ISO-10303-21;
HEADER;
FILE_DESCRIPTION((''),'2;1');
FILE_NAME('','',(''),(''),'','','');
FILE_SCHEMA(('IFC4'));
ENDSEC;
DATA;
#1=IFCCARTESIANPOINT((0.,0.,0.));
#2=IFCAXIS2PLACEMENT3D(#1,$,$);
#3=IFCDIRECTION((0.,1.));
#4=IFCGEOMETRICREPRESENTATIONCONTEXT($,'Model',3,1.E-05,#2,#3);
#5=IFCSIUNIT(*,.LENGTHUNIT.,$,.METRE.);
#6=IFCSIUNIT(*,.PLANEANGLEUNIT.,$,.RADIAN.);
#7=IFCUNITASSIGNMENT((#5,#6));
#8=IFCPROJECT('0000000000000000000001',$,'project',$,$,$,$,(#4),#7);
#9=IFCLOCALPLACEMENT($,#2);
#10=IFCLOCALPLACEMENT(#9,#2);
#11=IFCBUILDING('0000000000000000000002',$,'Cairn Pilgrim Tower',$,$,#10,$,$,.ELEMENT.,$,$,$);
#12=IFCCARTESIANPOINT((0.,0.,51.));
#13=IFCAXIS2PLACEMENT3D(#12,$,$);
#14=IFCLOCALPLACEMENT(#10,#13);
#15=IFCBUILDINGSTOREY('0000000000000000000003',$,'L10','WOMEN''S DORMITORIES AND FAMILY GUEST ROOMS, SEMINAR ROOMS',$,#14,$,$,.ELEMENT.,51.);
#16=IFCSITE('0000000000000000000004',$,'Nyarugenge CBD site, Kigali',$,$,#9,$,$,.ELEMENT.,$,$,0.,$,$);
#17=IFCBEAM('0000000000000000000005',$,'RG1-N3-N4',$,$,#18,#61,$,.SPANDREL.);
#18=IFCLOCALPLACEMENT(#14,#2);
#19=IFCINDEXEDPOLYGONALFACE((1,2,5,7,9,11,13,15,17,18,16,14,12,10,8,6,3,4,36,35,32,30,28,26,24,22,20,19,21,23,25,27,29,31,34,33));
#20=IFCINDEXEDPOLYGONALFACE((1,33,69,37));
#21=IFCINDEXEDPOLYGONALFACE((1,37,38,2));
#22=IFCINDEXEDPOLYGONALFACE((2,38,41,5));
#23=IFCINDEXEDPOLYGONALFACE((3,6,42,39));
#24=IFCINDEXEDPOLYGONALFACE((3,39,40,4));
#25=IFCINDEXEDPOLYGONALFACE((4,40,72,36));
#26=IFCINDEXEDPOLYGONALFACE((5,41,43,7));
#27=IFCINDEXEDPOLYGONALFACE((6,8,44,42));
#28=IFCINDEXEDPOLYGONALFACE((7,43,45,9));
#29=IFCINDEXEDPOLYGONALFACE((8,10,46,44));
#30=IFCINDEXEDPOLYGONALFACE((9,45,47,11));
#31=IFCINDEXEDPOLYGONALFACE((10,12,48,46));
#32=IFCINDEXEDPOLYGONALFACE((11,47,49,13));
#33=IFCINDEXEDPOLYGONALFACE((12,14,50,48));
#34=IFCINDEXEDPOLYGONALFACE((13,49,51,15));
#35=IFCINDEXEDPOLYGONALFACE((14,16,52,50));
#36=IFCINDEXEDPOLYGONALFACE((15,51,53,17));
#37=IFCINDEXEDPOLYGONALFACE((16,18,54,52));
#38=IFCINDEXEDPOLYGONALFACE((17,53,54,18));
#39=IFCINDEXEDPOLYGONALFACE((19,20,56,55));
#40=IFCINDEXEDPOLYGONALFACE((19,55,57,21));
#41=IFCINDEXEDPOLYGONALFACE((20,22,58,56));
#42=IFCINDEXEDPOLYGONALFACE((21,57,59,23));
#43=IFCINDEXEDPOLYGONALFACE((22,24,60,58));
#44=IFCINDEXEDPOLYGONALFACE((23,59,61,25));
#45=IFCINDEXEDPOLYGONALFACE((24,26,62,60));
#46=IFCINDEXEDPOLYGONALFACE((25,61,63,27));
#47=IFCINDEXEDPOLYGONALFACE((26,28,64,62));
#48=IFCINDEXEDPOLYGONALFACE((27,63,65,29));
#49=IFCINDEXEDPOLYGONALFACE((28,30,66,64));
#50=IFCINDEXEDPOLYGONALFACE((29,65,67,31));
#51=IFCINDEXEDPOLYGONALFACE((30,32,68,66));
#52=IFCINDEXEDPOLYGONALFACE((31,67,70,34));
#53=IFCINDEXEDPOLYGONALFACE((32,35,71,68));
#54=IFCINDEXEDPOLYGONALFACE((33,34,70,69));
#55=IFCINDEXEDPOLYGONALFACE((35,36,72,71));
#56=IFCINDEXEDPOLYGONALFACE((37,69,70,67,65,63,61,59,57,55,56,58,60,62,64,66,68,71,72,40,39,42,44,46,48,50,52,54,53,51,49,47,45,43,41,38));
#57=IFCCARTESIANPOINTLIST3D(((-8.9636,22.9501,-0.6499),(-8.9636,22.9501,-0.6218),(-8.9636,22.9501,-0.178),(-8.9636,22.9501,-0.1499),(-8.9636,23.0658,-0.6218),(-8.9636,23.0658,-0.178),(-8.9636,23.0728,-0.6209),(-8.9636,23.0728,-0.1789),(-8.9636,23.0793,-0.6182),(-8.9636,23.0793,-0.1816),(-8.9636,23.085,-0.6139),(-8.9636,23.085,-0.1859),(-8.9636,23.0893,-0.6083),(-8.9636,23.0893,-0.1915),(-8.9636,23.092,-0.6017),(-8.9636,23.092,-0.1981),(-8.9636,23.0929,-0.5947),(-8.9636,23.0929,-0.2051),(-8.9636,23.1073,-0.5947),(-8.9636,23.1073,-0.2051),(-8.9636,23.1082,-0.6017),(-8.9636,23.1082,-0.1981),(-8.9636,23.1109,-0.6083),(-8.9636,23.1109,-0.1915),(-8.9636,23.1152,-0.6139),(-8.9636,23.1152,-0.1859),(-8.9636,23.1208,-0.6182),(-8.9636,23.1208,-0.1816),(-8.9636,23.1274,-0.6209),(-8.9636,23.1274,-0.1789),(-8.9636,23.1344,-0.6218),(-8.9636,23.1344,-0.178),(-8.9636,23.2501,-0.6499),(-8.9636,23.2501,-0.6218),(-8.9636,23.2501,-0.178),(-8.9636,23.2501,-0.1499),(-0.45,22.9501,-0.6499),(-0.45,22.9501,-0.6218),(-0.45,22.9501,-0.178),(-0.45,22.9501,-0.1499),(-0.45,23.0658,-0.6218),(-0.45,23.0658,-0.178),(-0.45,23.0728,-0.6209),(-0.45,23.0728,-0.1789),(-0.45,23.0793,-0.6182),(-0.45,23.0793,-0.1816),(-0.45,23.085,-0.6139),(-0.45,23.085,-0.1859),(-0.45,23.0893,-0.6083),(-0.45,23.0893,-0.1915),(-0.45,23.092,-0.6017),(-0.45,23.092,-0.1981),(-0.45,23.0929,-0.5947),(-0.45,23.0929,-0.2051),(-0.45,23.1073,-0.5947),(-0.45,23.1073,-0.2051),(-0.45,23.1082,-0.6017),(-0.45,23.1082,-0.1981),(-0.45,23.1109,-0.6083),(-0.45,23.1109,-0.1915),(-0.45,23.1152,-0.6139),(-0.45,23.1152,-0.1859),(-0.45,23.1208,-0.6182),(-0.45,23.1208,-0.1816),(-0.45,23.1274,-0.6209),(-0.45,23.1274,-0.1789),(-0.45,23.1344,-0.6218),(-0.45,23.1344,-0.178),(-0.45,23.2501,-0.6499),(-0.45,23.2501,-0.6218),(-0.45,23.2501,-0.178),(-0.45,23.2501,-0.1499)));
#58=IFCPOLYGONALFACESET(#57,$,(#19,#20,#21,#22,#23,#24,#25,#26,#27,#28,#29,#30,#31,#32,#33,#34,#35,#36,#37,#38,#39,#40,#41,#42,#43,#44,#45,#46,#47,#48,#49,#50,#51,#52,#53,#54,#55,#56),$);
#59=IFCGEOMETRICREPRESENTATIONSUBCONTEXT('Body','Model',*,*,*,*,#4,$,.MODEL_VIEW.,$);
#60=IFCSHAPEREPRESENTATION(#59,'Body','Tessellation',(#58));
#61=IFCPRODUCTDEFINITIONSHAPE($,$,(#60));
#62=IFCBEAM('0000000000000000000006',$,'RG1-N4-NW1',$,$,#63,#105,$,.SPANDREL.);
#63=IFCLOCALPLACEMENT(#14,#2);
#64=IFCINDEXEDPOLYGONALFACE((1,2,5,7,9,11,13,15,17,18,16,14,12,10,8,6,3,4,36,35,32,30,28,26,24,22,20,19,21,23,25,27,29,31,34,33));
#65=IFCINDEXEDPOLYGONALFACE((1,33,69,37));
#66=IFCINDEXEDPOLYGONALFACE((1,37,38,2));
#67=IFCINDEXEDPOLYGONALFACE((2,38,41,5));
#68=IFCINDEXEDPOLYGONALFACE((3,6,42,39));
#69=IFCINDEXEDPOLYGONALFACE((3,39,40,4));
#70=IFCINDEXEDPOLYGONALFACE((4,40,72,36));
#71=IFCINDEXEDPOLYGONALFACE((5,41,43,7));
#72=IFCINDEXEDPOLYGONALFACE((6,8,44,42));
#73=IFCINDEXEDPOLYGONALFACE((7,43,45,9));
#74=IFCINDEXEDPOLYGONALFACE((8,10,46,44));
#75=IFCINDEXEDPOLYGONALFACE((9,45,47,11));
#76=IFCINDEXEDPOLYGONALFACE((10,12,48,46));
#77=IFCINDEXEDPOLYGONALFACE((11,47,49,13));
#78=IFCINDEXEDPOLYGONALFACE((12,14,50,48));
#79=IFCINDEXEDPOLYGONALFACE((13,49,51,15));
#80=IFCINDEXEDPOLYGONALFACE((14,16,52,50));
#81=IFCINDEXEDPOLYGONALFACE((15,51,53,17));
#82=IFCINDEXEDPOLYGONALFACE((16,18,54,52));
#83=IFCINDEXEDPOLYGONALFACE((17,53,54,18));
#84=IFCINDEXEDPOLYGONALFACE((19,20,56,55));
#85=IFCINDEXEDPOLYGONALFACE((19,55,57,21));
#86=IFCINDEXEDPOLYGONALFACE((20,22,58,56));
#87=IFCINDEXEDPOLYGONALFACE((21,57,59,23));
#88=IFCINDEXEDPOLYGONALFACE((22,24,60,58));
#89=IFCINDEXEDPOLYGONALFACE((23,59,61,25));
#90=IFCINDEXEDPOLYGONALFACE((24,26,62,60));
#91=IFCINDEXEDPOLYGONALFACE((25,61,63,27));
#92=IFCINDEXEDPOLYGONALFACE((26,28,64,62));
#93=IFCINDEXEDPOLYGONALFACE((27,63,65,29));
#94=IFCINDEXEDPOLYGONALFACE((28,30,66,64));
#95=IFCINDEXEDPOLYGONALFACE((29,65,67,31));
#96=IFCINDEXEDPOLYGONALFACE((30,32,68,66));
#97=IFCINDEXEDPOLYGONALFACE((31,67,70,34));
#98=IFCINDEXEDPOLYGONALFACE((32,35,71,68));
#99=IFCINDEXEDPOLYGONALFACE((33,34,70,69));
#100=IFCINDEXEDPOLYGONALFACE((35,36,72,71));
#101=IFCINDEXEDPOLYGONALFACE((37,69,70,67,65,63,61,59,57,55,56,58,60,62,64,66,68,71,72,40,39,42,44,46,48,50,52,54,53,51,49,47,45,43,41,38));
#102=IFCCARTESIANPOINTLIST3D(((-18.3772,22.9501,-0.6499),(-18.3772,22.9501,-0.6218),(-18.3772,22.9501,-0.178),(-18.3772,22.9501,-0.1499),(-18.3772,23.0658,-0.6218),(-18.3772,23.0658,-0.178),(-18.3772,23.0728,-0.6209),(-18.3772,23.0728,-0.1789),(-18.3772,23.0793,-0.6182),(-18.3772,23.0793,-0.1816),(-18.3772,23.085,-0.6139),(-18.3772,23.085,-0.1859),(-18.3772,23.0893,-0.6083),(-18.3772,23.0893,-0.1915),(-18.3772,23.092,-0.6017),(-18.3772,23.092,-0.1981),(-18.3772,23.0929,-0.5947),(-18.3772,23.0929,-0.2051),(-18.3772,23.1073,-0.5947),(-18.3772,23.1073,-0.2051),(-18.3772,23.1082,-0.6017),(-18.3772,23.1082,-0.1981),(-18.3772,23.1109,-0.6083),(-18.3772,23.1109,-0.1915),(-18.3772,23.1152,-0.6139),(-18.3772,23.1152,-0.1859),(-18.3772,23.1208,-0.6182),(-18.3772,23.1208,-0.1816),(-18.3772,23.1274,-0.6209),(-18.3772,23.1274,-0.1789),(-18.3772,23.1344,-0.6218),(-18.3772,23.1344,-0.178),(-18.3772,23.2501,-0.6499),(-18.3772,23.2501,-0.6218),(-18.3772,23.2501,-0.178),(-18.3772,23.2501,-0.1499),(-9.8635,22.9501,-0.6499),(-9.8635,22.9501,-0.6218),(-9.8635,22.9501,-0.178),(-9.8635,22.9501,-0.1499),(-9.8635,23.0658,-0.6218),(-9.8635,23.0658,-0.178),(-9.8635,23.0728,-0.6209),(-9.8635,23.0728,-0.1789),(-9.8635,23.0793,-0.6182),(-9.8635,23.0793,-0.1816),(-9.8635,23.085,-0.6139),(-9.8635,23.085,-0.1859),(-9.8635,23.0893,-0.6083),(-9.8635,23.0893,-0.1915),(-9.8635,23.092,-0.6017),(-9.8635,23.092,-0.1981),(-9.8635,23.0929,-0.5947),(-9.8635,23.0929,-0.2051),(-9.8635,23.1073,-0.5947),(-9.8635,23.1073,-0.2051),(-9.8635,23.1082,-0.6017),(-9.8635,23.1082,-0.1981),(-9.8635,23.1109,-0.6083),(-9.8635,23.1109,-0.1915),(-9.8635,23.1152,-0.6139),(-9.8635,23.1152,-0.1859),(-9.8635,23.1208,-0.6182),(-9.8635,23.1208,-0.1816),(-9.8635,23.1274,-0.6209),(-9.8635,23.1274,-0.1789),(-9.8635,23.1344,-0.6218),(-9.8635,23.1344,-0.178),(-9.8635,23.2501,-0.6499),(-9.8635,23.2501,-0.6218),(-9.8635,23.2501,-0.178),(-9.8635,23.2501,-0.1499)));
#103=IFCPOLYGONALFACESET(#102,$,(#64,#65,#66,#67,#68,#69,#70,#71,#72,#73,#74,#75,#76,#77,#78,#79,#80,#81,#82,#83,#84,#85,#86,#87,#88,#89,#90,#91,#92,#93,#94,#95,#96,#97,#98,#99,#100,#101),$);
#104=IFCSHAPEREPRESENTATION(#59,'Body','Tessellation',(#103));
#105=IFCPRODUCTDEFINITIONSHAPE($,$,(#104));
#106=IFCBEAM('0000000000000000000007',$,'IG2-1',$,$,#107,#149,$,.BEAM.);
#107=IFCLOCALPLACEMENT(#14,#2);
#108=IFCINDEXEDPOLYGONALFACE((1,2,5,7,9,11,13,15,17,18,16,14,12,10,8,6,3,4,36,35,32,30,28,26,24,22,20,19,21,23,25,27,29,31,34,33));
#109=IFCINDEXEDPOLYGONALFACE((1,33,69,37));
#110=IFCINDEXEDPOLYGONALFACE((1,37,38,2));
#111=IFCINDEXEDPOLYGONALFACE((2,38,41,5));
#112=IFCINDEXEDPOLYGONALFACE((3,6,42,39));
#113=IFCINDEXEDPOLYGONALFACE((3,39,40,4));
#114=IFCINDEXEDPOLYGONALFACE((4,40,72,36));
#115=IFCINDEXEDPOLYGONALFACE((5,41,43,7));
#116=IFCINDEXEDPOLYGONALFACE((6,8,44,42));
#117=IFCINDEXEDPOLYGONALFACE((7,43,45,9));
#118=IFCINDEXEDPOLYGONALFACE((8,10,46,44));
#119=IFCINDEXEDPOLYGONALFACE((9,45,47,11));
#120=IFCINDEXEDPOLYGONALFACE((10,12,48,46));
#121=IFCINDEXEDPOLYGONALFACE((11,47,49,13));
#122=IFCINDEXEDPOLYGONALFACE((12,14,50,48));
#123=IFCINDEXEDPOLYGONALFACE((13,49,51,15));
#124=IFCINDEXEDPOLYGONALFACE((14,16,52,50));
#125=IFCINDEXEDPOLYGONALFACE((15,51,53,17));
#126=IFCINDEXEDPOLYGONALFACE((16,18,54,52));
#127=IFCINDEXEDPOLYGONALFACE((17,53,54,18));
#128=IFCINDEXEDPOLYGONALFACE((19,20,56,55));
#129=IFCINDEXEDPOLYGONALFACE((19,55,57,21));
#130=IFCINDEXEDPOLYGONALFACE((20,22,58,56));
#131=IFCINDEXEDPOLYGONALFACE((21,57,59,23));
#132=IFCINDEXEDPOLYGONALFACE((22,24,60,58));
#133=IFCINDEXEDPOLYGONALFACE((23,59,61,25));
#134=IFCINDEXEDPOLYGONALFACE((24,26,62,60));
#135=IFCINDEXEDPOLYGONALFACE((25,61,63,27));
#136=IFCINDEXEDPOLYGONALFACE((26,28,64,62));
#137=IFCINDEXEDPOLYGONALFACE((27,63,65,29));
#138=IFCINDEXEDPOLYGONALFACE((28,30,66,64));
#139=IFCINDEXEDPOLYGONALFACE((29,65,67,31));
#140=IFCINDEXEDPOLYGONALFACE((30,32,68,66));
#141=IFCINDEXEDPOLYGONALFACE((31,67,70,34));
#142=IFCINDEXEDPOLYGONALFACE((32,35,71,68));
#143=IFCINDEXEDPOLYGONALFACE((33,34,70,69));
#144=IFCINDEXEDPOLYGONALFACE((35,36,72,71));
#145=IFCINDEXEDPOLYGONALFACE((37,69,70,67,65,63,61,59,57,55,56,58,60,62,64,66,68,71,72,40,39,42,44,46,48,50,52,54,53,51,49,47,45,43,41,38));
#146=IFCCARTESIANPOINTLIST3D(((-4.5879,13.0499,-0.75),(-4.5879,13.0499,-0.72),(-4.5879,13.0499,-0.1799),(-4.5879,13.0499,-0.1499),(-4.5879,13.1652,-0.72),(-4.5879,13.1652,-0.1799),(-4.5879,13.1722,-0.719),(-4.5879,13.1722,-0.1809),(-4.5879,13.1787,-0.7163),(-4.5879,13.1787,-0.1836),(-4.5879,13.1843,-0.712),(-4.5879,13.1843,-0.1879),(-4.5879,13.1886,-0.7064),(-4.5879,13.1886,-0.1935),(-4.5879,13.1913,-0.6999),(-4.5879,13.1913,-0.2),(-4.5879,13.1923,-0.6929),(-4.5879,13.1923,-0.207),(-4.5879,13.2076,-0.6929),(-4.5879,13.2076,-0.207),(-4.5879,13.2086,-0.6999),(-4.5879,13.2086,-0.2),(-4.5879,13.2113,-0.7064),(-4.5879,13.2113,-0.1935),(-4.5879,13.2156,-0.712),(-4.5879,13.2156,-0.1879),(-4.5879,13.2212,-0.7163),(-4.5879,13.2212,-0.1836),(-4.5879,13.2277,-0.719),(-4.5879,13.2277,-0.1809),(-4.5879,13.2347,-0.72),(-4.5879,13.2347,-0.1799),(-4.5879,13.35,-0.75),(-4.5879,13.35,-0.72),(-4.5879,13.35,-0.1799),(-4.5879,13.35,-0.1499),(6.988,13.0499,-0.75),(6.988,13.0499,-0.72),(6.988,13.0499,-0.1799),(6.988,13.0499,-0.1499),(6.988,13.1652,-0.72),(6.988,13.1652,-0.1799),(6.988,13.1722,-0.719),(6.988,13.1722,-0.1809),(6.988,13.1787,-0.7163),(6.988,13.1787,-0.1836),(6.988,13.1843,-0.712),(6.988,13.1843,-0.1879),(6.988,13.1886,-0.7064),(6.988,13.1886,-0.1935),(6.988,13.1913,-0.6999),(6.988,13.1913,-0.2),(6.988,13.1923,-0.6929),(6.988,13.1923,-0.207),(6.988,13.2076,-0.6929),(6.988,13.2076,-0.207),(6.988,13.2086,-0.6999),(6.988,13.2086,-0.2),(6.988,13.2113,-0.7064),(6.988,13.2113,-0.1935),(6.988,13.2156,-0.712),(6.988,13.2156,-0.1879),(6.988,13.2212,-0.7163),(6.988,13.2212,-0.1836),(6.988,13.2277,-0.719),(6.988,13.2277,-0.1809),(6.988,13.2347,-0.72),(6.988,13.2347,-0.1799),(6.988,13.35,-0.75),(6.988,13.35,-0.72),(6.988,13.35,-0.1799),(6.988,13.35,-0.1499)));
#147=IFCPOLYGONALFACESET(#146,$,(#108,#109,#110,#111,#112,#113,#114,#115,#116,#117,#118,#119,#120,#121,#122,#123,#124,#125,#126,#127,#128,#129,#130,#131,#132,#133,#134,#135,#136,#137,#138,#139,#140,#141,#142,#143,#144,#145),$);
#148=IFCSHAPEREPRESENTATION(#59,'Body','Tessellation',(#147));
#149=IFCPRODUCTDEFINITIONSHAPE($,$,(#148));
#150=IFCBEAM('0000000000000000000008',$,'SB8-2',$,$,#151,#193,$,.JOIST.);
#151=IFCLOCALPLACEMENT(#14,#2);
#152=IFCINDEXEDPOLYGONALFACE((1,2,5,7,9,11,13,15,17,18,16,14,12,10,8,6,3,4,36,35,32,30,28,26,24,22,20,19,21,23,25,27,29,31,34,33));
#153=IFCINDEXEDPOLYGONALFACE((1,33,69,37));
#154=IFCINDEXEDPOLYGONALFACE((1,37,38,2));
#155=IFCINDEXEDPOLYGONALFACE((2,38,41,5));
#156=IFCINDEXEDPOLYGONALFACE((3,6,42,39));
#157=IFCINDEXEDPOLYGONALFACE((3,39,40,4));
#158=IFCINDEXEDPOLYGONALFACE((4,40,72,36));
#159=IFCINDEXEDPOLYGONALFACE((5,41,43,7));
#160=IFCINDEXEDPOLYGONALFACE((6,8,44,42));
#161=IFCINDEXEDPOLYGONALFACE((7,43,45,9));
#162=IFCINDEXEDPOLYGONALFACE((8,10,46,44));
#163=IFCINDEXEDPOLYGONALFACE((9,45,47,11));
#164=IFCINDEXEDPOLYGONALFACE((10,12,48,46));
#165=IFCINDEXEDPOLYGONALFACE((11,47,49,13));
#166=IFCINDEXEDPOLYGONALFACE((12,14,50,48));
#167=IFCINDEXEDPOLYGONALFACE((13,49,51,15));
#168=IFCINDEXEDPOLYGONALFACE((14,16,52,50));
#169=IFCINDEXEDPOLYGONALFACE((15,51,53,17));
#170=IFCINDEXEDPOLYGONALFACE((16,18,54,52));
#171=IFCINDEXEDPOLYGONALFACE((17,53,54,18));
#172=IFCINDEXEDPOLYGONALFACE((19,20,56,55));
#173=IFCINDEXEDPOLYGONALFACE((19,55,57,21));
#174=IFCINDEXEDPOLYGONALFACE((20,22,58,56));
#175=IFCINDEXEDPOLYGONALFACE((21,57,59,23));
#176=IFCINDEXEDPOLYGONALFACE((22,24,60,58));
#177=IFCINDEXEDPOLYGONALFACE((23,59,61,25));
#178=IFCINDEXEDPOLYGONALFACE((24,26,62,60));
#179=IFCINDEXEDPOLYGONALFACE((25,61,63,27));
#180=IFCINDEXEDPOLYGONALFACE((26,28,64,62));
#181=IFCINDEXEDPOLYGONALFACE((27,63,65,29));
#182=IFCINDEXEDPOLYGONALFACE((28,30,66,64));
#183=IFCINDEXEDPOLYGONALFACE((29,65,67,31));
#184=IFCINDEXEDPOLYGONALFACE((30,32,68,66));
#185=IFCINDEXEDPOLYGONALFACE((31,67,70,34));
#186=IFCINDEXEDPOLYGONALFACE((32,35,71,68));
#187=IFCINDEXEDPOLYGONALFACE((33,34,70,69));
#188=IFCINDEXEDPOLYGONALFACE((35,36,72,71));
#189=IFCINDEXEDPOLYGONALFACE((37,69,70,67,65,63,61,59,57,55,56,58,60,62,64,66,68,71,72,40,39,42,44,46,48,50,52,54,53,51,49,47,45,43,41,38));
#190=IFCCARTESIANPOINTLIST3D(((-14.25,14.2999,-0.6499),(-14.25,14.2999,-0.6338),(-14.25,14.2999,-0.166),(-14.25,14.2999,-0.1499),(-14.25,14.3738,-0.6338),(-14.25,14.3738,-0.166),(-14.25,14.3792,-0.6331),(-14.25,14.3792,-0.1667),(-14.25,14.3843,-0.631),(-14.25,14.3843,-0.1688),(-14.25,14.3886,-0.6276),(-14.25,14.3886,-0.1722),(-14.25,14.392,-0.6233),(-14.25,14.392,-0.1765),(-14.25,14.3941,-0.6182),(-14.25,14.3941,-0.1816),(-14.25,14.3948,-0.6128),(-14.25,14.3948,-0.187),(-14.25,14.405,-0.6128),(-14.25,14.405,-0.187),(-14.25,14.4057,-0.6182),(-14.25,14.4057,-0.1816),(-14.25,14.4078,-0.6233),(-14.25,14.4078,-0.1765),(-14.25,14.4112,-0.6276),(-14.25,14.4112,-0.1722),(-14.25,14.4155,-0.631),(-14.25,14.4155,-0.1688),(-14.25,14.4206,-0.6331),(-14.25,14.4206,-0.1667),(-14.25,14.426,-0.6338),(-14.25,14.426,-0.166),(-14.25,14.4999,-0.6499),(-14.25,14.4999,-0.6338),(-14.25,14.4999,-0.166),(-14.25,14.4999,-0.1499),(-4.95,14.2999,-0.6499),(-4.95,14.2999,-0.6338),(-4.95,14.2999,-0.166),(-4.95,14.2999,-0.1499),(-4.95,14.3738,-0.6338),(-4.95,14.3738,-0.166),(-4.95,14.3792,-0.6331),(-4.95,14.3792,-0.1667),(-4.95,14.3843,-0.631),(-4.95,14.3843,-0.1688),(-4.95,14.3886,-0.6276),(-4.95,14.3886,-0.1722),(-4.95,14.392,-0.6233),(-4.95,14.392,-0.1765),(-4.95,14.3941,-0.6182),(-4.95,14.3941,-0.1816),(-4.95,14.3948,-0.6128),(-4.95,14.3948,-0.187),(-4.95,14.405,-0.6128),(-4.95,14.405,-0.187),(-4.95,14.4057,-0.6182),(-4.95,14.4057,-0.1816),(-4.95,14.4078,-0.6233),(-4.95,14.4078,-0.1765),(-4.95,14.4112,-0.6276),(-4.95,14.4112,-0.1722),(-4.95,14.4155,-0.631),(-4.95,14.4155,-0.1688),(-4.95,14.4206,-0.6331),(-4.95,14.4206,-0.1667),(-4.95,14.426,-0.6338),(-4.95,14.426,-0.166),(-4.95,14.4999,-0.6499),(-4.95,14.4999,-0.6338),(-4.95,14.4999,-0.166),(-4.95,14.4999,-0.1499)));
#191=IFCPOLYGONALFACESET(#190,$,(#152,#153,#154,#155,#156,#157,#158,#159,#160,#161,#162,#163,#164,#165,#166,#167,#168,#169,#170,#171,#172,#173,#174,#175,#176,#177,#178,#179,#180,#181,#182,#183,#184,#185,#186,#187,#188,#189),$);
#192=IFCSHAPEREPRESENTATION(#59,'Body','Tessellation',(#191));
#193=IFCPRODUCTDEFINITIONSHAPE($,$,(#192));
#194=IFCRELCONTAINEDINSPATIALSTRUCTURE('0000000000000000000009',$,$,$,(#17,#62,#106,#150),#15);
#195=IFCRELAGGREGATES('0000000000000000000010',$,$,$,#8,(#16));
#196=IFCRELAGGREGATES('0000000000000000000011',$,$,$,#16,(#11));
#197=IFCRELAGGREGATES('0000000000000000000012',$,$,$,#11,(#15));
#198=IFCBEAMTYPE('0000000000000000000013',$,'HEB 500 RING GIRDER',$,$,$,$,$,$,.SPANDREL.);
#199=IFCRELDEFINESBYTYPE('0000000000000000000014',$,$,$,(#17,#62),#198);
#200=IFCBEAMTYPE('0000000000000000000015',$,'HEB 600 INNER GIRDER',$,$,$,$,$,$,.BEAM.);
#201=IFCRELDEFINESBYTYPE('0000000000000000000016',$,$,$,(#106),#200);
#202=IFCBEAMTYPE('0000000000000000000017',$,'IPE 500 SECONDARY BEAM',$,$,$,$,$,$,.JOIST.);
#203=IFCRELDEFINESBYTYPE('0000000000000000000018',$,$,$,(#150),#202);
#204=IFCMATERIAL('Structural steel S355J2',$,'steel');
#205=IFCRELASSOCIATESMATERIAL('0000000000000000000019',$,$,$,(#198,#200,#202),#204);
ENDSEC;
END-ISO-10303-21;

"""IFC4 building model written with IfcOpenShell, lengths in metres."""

from ifc_helpers import new_model, si_unit, direction, frame, origin, origin_2d, place, context, subcontext, project, spatial, i_section, extrude, material, material_profile, profile_set, type_object, element, save


model = new_model("IFC4")

# Units and contexts
model_context = context("Model", 3, precision=1e-05, world=origin(), true_north=direction((0.0, 1.0)))
body_context = subcontext(model_context, "Body", "Model", "MODEL_VIEW")
ifc_project = project(units=[si_unit("LENGTHUNIT", "METRE"), si_unit("PLANEANGLEUNIT", "RADIAN")], contexts=[model_context])

# Site, building, storey
site_placement = place(None, origin())
site = spatial("IfcSite", under=ifc_project, at=site_placement, Name="Nyarugenge CBD site, Kigali", CompositionType="ELEMENT", RefElevation=0.0)
building_placement = place(site_placement, origin())
building = spatial("IfcBuilding", under=site, at=building_placement, Name="Cairn Pilgrim Tower", CompositionType="ELEMENT")
storey_placement = place(building_placement, frame((0.0, 0.0, 51.0)))
storey = spatial("IfcBuildingStorey", under=building, at=storey_placement, Name="L10", Description="WOMEN'S DORMITORIES AND FAMILY GUEST ROOMS, SEMINAR ROOMS", CompositionType="ELEMENT", Elevation=51.0)

# Beams
ifc_material_1 = material(Name="Structural steel S355J2", Category="steel")
ifc_material_profile_1 = material_profile(ifc_material_1, i_section(OverallWidth=0.3, OverallDepth=0.5, WebThickness=0.0144, FlangeThickness=0.0281, FilletRadius=0.0271, at=origin_2d()), Name="HEB 500")
ifc_profile_set_1 = profile_set([ifc_material_profile_1], Name="Structural steel S355J2")
beam_type_1 = type_object("IfcBeamType", Name="HEB 500 RING GIRDER", PredefinedType="SPANDREL", material=ifc_profile_set_1)
for number, where, z_axis, x_axis, name in (
    (1, (-0.45, 23.1001, -0.3999), (-1.0, 0.0, 0.0), (0.0, -1.0, 0.0), "RG1-N3-N4"),
    (2, (-9.8635, 23.1001, -0.3999), (-1.0, 0.0, 0.0), (0.0, -1.0, 0.0), "RG1-N4-NW1"),
):
    element("IfcBeam", number, at=place(storey_placement, frame(where, z_axis=z_axis, x_axis=x_axis)), inside=storey, type_object=beam_type_1, Name=name, PredefinedType="SPANDREL", context=body_context, shape_type="SweptSolid", body=[
        extrude(i_section(OverallWidth=0.3, OverallDepth=0.5, WebThickness=0.0144, FlangeThickness=0.0281, FilletRadius=0.0271, at=origin_2d()), origin(), (0.0, 0.0, 1.0), 8.5137),
    ])
ifc_material_profile_2 = material_profile(ifc_material_1, i_section(OverallWidth=0.3, OverallDepth=0.6001, WebThickness=0.0154, FlangeThickness=0.03, FilletRadius=0.0271, at=origin_2d()), Name="HEB 600")
ifc_profile_set_2 = profile_set([ifc_material_profile_2], Name="Structural steel S355J2")
beam_type_2 = type_object("IfcBeamType", Name="HEB 600 INNER GIRDER", PredefinedType="BEAM", material=ifc_profile_set_2)
beam_1_placement = place(storey_placement, frame((-4.5879, 13.2, -0.45), z_axis=(1.0, 0.0, 0.0), x_axis=(0.0, 1.0, 0.0)))
element("IfcBeam", 3, at=beam_1_placement, inside=storey, type_object=beam_type_2, Name="IG2-1", PredefinedType="BEAM", context=body_context, shape_type="SweptSolid", body=[
    extrude(i_section(OverallWidth=0.3, OverallDepth=0.6001, WebThickness=0.0154, FlangeThickness=0.03, FilletRadius=0.0271, at=origin_2d()), origin(), (0.0, 0.0, 1.0), 11.5759),
])
ifc_material_profile_3 = material_profile(ifc_material_1, i_section(OverallWidth=0.2, OverallDepth=0.5, WebThickness=0.0103, FlangeThickness=0.0161, FilletRadius=0.021, at=origin_2d()), Name="IPE 500")
ifc_profile_set_3 = profile_set([ifc_material_profile_3], Name="Structural steel S355J2")
beam_type_3 = type_object("IfcBeamType", Name="IPE 500 SECONDARY BEAM", PredefinedType="JOIST", material=ifc_profile_set_3)
for number, where, z_axis, x_axis, name in (
    (4, (-14.25, 14.3999, -0.3999), (1.0, 0.0, 0.0), (0.0, 1.0, 0.0), "SB8-2"),
):
    element("IfcBeam", number, at=place(storey_placement, frame(where, z_axis=z_axis, x_axis=x_axis)), inside=storey, type_object=beam_type_3, Name=name, PredefinedType="JOIST", context=body_context, shape_type="SweptSolid", body=[
        extrude(i_section(OverallWidth=0.2, OverallDepth=0.5, WebThickness=0.0103, FlangeThickness=0.0161, FilletRadius=0.021, at=origin_2d()), origin(), (0.0, 0.0, 1.0), 9.3),
    ])

save(model, "model.ifc")
